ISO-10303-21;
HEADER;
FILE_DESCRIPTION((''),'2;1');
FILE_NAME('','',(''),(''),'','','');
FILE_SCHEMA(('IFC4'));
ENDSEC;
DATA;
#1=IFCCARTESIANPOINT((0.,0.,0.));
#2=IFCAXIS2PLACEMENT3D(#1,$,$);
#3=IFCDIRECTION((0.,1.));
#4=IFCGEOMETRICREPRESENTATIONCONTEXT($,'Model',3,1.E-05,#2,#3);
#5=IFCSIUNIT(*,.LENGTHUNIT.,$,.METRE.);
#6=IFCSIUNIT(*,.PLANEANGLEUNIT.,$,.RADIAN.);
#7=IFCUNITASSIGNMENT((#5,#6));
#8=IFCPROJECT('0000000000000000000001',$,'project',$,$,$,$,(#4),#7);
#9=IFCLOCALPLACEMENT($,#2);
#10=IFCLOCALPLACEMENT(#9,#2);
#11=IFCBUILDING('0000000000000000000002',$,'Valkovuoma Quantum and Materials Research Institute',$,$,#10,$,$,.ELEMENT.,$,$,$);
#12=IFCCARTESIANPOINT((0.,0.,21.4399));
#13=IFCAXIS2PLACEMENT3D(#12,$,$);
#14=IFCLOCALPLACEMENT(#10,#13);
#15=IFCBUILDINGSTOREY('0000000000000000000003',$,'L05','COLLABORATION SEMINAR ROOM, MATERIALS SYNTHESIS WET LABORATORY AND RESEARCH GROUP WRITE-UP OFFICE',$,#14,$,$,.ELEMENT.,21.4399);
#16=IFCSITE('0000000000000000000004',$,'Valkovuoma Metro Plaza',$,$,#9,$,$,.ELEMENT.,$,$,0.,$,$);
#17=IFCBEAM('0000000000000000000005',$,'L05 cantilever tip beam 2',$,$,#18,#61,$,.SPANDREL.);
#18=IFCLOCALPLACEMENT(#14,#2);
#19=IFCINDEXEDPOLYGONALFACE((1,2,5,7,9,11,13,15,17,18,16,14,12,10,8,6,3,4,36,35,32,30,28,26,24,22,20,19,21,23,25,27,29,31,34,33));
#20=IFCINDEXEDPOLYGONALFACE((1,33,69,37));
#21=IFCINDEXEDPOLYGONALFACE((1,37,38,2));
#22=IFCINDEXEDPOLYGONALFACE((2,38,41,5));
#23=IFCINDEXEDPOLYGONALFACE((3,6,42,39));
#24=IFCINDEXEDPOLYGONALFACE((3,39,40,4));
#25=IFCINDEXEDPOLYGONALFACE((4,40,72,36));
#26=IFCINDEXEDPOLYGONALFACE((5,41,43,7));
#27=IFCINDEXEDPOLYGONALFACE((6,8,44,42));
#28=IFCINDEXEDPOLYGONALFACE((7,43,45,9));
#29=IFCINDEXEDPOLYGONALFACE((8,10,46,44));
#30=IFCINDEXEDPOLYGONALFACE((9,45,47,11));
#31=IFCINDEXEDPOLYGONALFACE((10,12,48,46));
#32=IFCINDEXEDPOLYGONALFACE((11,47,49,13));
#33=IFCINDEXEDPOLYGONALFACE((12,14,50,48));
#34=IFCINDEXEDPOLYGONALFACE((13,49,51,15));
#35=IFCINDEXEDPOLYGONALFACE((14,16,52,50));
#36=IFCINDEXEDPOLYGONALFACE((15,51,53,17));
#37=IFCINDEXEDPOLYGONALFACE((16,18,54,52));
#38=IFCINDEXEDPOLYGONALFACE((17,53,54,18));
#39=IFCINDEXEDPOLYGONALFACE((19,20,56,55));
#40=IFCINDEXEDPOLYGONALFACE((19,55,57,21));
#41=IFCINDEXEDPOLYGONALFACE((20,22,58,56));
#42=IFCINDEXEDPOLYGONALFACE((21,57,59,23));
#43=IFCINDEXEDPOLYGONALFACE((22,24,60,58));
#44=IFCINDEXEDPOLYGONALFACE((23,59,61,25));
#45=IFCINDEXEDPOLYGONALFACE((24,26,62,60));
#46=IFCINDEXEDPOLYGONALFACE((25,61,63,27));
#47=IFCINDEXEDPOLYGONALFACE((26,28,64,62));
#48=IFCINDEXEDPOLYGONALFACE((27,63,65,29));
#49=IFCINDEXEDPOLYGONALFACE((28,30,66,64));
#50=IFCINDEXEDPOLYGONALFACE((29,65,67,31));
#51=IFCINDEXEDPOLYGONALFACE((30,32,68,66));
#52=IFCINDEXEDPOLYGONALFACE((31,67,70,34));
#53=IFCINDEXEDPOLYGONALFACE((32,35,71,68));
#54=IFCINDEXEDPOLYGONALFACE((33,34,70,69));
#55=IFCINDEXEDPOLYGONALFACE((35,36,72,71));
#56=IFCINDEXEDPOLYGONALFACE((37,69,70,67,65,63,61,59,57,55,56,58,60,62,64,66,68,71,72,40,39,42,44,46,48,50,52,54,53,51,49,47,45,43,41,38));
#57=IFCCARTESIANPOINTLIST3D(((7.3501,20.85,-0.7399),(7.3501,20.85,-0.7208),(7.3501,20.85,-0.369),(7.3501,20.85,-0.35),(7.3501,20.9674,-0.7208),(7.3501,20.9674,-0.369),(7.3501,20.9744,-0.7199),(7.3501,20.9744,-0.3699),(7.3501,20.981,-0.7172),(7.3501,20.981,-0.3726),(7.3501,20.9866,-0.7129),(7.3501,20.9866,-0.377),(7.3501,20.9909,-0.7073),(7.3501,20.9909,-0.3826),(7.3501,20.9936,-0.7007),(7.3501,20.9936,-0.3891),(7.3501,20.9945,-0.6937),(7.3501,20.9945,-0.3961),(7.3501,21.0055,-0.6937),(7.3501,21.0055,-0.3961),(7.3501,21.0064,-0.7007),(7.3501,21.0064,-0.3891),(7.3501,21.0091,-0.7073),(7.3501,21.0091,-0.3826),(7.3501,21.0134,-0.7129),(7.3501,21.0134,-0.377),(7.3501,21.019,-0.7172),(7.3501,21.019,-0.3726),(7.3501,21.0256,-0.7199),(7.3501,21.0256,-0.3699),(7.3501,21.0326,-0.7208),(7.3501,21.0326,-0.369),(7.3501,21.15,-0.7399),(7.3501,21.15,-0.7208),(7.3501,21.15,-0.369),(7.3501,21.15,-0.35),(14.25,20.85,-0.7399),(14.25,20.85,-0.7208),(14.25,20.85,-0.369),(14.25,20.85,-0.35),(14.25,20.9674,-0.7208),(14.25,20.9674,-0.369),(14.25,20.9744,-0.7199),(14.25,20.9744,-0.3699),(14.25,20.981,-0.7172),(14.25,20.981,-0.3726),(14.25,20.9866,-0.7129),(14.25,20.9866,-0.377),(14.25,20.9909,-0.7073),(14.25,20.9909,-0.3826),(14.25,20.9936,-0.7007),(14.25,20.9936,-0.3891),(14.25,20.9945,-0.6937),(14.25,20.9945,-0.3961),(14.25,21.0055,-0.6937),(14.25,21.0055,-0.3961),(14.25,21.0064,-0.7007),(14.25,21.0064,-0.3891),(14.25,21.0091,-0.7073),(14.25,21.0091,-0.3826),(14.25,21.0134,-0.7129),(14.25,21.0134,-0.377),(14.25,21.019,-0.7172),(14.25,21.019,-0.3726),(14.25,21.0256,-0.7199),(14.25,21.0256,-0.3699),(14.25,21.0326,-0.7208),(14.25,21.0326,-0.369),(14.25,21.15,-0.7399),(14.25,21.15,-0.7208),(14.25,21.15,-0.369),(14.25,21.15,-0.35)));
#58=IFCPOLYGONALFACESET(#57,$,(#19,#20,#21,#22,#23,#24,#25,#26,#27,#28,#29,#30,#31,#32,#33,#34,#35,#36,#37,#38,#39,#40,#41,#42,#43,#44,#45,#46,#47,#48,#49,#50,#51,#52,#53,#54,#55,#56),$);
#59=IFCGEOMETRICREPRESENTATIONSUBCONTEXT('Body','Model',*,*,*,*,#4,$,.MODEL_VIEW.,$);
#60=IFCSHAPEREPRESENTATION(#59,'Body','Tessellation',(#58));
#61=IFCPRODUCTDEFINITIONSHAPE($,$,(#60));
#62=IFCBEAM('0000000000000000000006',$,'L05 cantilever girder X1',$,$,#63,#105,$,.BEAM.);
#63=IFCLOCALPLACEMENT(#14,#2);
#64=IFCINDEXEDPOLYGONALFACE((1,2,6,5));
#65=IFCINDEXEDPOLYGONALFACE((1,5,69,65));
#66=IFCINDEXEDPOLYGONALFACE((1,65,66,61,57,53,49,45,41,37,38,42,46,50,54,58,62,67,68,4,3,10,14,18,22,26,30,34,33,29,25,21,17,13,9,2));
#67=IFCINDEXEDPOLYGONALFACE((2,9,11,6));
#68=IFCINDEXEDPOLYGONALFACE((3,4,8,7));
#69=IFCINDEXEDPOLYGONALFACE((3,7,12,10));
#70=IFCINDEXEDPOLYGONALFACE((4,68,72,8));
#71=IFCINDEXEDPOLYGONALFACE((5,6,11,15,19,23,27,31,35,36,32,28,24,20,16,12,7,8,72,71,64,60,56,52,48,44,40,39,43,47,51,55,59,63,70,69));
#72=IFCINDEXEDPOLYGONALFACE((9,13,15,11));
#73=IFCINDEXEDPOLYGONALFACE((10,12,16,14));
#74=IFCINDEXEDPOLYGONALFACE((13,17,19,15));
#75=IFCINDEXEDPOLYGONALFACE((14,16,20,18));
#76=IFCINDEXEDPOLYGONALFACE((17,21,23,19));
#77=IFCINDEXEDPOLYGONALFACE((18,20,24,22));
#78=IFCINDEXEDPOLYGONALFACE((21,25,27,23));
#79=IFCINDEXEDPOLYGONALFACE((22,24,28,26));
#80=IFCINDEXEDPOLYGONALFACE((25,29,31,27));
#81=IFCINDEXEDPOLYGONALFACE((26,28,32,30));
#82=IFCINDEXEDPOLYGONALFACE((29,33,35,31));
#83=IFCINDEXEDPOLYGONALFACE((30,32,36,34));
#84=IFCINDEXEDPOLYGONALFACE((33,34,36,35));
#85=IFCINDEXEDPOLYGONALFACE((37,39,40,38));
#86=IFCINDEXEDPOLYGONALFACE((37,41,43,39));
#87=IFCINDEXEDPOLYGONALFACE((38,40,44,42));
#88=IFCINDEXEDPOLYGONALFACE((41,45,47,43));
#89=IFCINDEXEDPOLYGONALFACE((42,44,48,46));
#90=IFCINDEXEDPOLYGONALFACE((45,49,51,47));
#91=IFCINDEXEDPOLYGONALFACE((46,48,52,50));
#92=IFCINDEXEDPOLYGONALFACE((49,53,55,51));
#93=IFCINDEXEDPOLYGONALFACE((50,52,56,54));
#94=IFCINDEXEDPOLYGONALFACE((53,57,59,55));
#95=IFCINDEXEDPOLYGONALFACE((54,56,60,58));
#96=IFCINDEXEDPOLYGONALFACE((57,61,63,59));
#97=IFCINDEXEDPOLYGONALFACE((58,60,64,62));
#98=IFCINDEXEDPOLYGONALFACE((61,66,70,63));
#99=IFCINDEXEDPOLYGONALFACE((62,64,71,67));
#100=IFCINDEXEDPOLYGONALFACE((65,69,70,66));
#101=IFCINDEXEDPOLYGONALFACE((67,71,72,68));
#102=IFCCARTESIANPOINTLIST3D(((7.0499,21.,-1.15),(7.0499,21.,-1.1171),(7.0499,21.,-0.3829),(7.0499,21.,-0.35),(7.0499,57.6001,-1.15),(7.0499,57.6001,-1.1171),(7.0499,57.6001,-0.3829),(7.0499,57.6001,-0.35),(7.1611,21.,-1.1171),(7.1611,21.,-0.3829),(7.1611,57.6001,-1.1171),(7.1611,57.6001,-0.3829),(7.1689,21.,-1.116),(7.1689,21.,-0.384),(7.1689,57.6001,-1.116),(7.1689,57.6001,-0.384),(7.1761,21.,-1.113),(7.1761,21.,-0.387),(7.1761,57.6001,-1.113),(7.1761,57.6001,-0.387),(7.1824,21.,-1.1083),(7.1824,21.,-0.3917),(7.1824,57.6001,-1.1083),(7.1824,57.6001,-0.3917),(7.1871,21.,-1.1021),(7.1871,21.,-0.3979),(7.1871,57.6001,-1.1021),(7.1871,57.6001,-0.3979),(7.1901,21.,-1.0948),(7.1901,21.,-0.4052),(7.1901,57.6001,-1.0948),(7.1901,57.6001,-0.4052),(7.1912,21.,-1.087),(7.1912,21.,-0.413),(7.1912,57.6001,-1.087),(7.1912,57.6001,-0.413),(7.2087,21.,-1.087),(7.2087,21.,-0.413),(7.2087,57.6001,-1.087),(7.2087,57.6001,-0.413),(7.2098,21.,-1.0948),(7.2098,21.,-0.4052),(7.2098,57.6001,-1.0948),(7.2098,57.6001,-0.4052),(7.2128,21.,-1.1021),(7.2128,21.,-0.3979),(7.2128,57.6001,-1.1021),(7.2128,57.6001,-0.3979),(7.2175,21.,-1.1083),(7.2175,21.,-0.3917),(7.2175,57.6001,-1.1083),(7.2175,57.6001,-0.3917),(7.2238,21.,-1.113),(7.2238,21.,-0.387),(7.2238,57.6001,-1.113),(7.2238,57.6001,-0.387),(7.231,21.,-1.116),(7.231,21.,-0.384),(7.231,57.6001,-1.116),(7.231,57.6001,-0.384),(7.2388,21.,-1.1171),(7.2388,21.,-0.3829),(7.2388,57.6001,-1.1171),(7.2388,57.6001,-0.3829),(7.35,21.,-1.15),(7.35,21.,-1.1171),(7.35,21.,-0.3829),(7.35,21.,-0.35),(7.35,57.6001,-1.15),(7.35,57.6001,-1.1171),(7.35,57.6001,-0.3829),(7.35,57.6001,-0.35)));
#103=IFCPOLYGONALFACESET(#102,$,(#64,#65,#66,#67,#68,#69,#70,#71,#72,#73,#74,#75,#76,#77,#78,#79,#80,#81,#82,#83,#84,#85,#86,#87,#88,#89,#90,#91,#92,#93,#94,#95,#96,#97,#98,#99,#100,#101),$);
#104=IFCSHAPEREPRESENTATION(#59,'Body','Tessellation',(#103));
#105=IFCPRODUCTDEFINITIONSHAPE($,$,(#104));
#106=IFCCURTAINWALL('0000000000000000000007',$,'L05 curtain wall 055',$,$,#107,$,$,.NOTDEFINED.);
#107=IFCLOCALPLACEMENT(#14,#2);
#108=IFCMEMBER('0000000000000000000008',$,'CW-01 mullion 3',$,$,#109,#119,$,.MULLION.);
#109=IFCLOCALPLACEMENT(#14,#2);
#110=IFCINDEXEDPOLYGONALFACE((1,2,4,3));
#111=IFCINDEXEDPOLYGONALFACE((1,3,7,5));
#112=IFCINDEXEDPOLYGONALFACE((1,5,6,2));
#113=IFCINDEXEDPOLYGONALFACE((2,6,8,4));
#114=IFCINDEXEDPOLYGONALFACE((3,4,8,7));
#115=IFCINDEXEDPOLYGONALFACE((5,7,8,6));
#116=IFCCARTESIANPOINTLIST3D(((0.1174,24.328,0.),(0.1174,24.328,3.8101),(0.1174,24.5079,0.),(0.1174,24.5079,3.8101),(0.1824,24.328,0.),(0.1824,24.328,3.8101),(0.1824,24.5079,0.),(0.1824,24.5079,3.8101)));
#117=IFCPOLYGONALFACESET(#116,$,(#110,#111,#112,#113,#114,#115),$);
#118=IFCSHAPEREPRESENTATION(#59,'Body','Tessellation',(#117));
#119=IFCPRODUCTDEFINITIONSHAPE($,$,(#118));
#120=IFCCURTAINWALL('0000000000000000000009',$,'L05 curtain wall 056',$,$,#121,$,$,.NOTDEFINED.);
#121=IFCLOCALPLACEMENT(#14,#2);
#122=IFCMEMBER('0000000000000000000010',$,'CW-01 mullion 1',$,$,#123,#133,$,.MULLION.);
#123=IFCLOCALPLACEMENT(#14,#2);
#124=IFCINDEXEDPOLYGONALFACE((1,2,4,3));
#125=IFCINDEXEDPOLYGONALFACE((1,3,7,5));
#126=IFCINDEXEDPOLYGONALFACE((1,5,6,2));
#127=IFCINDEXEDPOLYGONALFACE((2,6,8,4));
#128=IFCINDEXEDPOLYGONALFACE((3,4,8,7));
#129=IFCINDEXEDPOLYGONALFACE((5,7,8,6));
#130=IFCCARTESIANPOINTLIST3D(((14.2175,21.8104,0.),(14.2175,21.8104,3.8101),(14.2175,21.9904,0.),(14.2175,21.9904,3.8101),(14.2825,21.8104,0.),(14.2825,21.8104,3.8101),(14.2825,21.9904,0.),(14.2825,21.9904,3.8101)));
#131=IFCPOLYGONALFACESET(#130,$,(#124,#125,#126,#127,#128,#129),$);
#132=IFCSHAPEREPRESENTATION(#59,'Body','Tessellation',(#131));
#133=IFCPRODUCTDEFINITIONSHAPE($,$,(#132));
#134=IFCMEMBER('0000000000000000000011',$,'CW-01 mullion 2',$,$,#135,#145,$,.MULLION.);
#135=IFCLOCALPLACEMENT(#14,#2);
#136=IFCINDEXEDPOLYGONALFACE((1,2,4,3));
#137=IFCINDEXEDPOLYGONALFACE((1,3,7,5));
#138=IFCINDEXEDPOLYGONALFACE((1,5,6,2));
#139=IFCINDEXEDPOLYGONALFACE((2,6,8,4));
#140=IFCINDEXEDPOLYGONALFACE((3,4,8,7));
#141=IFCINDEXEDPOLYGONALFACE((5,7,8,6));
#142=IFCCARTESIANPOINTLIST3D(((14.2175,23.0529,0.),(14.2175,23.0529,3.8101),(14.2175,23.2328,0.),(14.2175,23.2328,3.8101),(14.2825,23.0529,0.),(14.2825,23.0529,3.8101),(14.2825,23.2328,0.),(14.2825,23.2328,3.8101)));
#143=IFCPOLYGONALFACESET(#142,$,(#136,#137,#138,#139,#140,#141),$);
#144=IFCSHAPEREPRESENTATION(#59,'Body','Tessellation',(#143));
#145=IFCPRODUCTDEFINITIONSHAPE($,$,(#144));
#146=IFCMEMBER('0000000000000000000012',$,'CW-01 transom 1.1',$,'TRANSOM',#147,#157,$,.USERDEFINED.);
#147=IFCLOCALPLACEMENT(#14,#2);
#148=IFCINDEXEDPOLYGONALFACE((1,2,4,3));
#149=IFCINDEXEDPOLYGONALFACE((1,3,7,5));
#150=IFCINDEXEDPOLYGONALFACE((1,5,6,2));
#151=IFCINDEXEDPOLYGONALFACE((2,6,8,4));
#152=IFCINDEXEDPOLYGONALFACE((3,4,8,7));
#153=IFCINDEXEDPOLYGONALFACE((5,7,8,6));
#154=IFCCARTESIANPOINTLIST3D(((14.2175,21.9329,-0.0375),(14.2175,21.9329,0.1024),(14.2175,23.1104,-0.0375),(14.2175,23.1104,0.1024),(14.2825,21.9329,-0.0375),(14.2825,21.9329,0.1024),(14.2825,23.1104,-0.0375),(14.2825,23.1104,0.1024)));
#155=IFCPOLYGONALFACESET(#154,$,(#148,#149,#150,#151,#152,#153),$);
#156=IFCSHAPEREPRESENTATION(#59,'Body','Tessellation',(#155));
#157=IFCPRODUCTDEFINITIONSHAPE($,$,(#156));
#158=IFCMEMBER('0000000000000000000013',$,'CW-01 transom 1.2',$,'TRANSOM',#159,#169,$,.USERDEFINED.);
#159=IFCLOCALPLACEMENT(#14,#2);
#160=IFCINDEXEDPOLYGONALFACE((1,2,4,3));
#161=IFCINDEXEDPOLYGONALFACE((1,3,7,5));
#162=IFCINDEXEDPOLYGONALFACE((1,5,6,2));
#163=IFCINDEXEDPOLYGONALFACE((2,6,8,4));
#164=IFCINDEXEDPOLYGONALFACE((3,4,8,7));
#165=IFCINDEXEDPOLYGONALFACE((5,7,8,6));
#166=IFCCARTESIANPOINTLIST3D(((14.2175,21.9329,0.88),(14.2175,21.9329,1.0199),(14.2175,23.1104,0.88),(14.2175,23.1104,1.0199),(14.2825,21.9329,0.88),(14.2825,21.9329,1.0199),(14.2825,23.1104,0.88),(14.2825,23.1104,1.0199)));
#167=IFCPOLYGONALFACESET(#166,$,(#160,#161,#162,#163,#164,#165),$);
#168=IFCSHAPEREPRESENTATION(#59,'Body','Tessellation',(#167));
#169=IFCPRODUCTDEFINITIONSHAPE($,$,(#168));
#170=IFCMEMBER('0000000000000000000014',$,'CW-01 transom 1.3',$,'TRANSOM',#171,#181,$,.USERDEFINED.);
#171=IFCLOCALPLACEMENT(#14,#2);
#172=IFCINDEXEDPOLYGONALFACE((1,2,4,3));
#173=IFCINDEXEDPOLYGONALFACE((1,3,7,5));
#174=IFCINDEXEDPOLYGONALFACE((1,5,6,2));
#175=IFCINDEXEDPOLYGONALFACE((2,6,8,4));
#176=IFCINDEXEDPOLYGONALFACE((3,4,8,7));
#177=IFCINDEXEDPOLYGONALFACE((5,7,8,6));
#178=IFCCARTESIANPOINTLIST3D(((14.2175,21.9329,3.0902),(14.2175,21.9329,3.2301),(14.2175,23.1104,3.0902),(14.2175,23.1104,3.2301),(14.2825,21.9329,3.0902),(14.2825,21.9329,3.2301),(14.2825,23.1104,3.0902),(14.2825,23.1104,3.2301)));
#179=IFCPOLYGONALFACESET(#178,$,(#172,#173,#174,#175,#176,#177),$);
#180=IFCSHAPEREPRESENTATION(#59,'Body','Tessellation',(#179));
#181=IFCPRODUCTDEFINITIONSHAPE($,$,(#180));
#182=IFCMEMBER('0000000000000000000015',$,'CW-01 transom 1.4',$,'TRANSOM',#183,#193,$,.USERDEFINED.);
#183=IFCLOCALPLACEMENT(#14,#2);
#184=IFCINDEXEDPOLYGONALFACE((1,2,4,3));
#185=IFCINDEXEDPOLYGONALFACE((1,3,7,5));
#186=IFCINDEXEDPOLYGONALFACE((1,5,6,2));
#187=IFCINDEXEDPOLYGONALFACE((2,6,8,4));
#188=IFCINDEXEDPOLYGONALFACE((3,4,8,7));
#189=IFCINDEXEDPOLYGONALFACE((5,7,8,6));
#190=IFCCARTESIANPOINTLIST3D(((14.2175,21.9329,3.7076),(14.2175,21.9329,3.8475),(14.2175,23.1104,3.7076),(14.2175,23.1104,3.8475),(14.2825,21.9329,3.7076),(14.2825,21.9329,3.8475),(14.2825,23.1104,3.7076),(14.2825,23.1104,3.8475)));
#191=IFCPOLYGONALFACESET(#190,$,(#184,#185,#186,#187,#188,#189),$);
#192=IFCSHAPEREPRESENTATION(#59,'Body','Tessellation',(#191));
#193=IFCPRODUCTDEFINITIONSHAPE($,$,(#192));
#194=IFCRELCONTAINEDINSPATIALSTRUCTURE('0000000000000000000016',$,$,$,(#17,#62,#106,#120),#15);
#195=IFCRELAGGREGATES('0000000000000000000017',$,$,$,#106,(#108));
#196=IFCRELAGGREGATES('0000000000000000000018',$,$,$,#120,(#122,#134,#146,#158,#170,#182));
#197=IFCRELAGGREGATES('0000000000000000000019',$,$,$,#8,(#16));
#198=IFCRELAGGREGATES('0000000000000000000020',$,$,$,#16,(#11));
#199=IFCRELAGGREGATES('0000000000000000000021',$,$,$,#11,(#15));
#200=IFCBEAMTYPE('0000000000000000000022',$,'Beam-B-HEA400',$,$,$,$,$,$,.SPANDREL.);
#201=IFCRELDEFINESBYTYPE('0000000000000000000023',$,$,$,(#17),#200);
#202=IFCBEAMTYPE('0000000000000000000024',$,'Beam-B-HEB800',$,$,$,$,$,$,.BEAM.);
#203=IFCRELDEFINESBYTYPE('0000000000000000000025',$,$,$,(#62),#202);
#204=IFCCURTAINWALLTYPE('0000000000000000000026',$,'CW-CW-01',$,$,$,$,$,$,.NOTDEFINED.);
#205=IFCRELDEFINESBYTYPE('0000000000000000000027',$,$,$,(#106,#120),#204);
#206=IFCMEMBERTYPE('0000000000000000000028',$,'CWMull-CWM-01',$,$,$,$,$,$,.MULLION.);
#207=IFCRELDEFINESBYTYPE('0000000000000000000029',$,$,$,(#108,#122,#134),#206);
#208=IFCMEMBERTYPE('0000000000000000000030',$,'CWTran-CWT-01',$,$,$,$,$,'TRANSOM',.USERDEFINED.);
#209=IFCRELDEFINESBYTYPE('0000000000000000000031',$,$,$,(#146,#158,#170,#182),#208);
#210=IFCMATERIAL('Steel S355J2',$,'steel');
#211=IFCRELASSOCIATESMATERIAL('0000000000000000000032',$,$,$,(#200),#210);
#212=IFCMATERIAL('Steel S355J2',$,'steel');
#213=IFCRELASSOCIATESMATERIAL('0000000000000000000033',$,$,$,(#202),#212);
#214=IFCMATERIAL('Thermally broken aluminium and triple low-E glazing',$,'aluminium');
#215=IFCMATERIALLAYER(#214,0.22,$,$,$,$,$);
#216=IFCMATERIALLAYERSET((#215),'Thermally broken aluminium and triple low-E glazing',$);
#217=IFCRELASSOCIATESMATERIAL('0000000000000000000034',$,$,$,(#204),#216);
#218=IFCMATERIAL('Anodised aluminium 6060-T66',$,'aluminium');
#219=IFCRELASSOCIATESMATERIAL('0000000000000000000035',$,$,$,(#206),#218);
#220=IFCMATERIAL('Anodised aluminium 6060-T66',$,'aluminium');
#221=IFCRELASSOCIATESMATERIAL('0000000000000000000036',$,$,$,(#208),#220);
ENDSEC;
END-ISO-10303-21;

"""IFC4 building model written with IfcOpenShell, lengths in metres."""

from ifc_helpers import new_model, si_unit, direction, frame, origin, origin_2d, place, context, subcontext, project, spatial, rectangle, i_section, extrude, material, layer, layer_set, material_profile, profile_set, type_object, element, aggregate, save


model = new_model("IFC4")

# Units and contexts
model_context = context("Model", 3, precision=1e-05, world=origin(), true_north=direction((0.0, 1.0)))
body_context = subcontext(model_context, "Body", "Model", "MODEL_VIEW")
ifc_project = project(units=[si_unit("LENGTHUNIT", "METRE"), si_unit("PLANEANGLEUNIT", "RADIAN")], contexts=[model_context])

# Site, building, storey
site_placement = place(None, origin())
site = spatial("IfcSite", under=ifc_project, at=site_placement, Name="Valkovuoma Metro Plaza", CompositionType="ELEMENT", RefElevation=0.0)
building_placement = place(site_placement, origin())
building = spatial("IfcBuilding", under=site, at=building_placement, Name="Valkovuoma Quantum and Materials Research Institute", CompositionType="ELEMENT")
storey_placement = place(building_placement, frame((0.0, 0.0, 21.4399)))
storey = spatial("IfcBuildingStorey", under=building, at=storey_placement, Name="L05", Description="COLLABORATION SEMINAR ROOM, MATERIALS SYNTHESIS WET LABORATORY AND RESEARCH GROUP WRITE-UP OFFICE", CompositionType="ELEMENT", Elevation=21.4399)

# Beams
ifc_material_1 = material(Name="Steel S355J2", Category="steel")
ifc_material_profile_1 = material_profile(ifc_material_1, i_section(OverallWidth=0.3, OverallDepth=0.3899, WebThickness=0.011, FlangeThickness=0.019, FilletRadius=0.0271, at=origin_2d()), Name="Steel S355J2")
ifc_profile_set_1 = profile_set([ifc_material_profile_1], Name="Steel S355J2")
beam_type_1 = type_object("IfcBeamType", Name="Beam-B-HEA400", PredefinedType="SPANDREL", material=ifc_profile_set_1)
beam_1_placement = place(storey_placement, frame((7.3501, 21.0, -0.5449), z_axis=(1.0, 0.0, 0.0), x_axis=(0.0, 1.0, 0.0)))
element("IfcBeam", 1, at=beam_1_placement, inside=storey, type_object=beam_type_1, Name="L05 cantilever tip beam 2", PredefinedType="SPANDREL", context=body_context, shape_type="SweptSolid", body=[
    extrude(i_section(OverallWidth=0.3, OverallDepth=0.3899, WebThickness=0.011, FlangeThickness=0.019, FilletRadius=0.0271, at=origin_2d()), origin(), (0.0, 0.0, 1.0), 6.8999),
])
ifc_material_2 = material(Name="Steel S355J2", Category="steel")
ifc_material_profile_2 = material_profile(ifc_material_2, i_section(OverallWidth=0.3, OverallDepth=0.8, WebThickness=0.0176, FlangeThickness=0.033, FilletRadius=0.03, at=origin_2d()), Name="Steel S355J2")
ifc_profile_set_2 = profile_set([ifc_material_profile_2], Name="Steel S355J2")
beam_type_2 = type_object("IfcBeamType", Name="Beam-B-HEB800", PredefinedType="BEAM", material=ifc_profile_set_2)
beam_2_placement = place(storey_placement, frame((7.2, 21.0, -0.75), z_axis=(0.0, 1.0, 0.0), x_axis=(-1.0, 0.0, 0.0)))
element("IfcBeam", 2, at=beam_2_placement, inside=storey, type_object=beam_type_2, Name="L05 cantilever girder X1", PredefinedType="BEAM", context=body_context, shape_type="SweptSolid", body=[
    extrude(i_section(OverallWidth=0.3, OverallDepth=0.8, WebThickness=0.0176, FlangeThickness=0.033, FilletRadius=0.03, at=origin_2d()), origin(), (0.0, 0.0, 1.0), 36.6001),
])

# Curtain wall, member
ifc_material_3 = material(Name="Thermally broken aluminium and triple low-E glazing", Category="aluminium")
ifc_layer_1 = layer(ifc_material_3, 0.22)
ifc_layer_set_1 = layer_set([ifc_layer_1], Name="Thermally broken aluminium and triple low-E glazing")
curtain_wall_type = type_object("IfcCurtainWallType", Name="CW-CW-01", PredefinedType="NOTDEFINED", material=ifc_layer_set_1)
curtain_wall_1_placement = place(storey_placement, origin())
curtain_wall_1 = element("IfcCurtainWall", 3, at=curtain_wall_1_placement, inside=storey, type_object=curtain_wall_type, Name="L05 curtain wall 055", PredefinedType="NOTDEFINED")
ifc_material_4 = material(Name="Anodised aluminium 6060-T66", Category="aluminium")
ifc_material_profile_3 = material_profile(ifc_material_4, rectangle(XDim=0.0649, YDim=0.1799, at=origin_2d()), Name="Anodised aluminium 6060-T66")
ifc_profile_set_3 = profile_set([ifc_material_profile_3], Name="Anodised aluminium 6060-T66")
member_type_1 = type_object("IfcMemberType", Name="CWMull-CWM-01", PredefinedType="MULLION", material=ifc_profile_set_3)
member_1_placement = place(storey_placement, frame((0.1499, 24.418, 0.0), z_axis=(0.0, 0.0, 1.0), x_axis=(-1.0, 0.0, 0.0)))
member_1 = element("IfcMember", 4, at=member_1_placement, type_object=member_type_1, Name="CW-01 mullion 3", PredefinedType="MULLION", context=body_context, shape_type="SweptSolid", body=[
    extrude(rectangle(XDim=0.0649, YDim=0.1799, at=origin_2d()), origin(), (0.0, 0.0, 1.0), 3.8101),
])

# Curtain wall, members
curtain_wall_2_placement = place(storey_placement, origin())
curtain_wall_2 = element("IfcCurtainWall", 5, at=curtain_wall_2_placement, inside=storey, type_object=curtain_wall_type, Name="L05 curtain wall 056", PredefinedType="NOTDEFINED")
member_2_placement = place(storey_placement, frame((14.25, 21.9004, 0.0), z_axis=(0.0, 0.0, 1.0), x_axis=(-1.0, 0.0, 0.0)))
member_2 = element("IfcMember", 6, at=member_2_placement, type_object=member_type_1, Name="CW-01 mullion 1", PredefinedType="MULLION", context=body_context, shape_type="SweptSolid", body=[
    extrude(rectangle(XDim=0.0649, YDim=0.1799, at=origin_2d()), origin(), (0.0, 0.0, 1.0), 3.8101),
])
member_3_placement = place(storey_placement, frame((14.25, 23.1428, 0.0), z_axis=(0.0, 0.0, 1.0), x_axis=(-1.0, 0.0, 0.0)))
member_3 = element("IfcMember", 7, at=member_3_placement, type_object=member_type_1, Name="CW-01 mullion 2", PredefinedType="MULLION", context=body_context, shape_type="SweptSolid", body=[
    extrude(rectangle(XDim=0.0649, YDim=0.1799, at=origin_2d()), origin(), (0.0, 0.0, 1.0), 3.8101),
])
ifc_material_5 = material(Name="Anodised aluminium 6060-T66", Category="aluminium")
ifc_material_profile_4 = material_profile(ifc_material_5, rectangle(XDim=0.0649, YDim=0.1399, at=origin_2d()), Name="Anodised aluminium 6060-T66")
ifc_profile_set_4 = profile_set([ifc_material_profile_4], Name="Anodised aluminium 6060-T66")
member_type_2 = type_object("IfcMemberType", Name="CWTran-CWT-01", ElementType="TRANSOM", PredefinedType="USERDEFINED", material=ifc_profile_set_4)
member_4_placement = place(storey_placement, frame((14.25, 21.9329, 0.0325), z_axis=(0.0, 1.0, 0.0), x_axis=(-1.0, 0.0, 0.0)))
member_4 = element("IfcMember", 8, at=member_4_placement, type_object=member_type_2, Name="CW-01 transom 1.1", ObjectType="TRANSOM", PredefinedType="USERDEFINED", context=body_context, shape_type="SweptSolid", body=[
    extrude(rectangle(XDim=0.0649, YDim=0.1399, at=origin_2d()), origin(), (0.0, 0.0, 1.0), 1.1775),
])
member_5_placement = place(storey_placement, frame((14.25, 21.9329, 0.95), z_axis=(0.0, 1.0, 0.0), x_axis=(-1.0, 0.0, 0.0)))
member_5 = element("IfcMember", 9, at=member_5_placement, type_object=member_type_2, Name="CW-01 transom 1.2", ObjectType="TRANSOM", PredefinedType="USERDEFINED", context=body_context, shape_type="SweptSolid", body=[
    extrude(rectangle(XDim=0.0649, YDim=0.1399, at=origin_2d()), origin(), (0.0, 0.0, 1.0), 1.1775),
])
member_6_placement = place(storey_placement, frame((14.25, 21.9329, 3.1602), z_axis=(0.0, 1.0, 0.0), x_axis=(-1.0, 0.0, 0.0)))
member_6 = element("IfcMember", 10, at=member_6_placement, type_object=member_type_2, Name="CW-01 transom 1.3", ObjectType="TRANSOM", PredefinedType="USERDEFINED", context=body_context, shape_type="SweptSolid", body=[
    extrude(rectangle(XDim=0.0649, YDim=0.1399, at=origin_2d()), origin(), (0.0, 0.0, 1.0), 1.1775),
])
member_7_placement = place(storey_placement, frame((14.25, 21.9329, 3.7776), z_axis=(0.0, 1.0, 0.0), x_axis=(-1.0, 0.0, 0.0)))
member_7 = element("IfcMember", 11, at=member_7_placement, type_object=member_type_2, Name="CW-01 transom 1.4", ObjectType="TRANSOM", PredefinedType="USERDEFINED", context=body_context, shape_type="SweptSolid", body=[
    extrude(rectangle(XDim=0.0649, YDim=0.1399, at=origin_2d()), origin(), (0.0, 0.0, 1.0), 1.1775),
])

aggregate(curtain_wall_1, [member_1])
aggregate(curtain_wall_2, [member_2, member_3, member_4, member_5, member_6, member_7])

save(model, "model.ifc")
